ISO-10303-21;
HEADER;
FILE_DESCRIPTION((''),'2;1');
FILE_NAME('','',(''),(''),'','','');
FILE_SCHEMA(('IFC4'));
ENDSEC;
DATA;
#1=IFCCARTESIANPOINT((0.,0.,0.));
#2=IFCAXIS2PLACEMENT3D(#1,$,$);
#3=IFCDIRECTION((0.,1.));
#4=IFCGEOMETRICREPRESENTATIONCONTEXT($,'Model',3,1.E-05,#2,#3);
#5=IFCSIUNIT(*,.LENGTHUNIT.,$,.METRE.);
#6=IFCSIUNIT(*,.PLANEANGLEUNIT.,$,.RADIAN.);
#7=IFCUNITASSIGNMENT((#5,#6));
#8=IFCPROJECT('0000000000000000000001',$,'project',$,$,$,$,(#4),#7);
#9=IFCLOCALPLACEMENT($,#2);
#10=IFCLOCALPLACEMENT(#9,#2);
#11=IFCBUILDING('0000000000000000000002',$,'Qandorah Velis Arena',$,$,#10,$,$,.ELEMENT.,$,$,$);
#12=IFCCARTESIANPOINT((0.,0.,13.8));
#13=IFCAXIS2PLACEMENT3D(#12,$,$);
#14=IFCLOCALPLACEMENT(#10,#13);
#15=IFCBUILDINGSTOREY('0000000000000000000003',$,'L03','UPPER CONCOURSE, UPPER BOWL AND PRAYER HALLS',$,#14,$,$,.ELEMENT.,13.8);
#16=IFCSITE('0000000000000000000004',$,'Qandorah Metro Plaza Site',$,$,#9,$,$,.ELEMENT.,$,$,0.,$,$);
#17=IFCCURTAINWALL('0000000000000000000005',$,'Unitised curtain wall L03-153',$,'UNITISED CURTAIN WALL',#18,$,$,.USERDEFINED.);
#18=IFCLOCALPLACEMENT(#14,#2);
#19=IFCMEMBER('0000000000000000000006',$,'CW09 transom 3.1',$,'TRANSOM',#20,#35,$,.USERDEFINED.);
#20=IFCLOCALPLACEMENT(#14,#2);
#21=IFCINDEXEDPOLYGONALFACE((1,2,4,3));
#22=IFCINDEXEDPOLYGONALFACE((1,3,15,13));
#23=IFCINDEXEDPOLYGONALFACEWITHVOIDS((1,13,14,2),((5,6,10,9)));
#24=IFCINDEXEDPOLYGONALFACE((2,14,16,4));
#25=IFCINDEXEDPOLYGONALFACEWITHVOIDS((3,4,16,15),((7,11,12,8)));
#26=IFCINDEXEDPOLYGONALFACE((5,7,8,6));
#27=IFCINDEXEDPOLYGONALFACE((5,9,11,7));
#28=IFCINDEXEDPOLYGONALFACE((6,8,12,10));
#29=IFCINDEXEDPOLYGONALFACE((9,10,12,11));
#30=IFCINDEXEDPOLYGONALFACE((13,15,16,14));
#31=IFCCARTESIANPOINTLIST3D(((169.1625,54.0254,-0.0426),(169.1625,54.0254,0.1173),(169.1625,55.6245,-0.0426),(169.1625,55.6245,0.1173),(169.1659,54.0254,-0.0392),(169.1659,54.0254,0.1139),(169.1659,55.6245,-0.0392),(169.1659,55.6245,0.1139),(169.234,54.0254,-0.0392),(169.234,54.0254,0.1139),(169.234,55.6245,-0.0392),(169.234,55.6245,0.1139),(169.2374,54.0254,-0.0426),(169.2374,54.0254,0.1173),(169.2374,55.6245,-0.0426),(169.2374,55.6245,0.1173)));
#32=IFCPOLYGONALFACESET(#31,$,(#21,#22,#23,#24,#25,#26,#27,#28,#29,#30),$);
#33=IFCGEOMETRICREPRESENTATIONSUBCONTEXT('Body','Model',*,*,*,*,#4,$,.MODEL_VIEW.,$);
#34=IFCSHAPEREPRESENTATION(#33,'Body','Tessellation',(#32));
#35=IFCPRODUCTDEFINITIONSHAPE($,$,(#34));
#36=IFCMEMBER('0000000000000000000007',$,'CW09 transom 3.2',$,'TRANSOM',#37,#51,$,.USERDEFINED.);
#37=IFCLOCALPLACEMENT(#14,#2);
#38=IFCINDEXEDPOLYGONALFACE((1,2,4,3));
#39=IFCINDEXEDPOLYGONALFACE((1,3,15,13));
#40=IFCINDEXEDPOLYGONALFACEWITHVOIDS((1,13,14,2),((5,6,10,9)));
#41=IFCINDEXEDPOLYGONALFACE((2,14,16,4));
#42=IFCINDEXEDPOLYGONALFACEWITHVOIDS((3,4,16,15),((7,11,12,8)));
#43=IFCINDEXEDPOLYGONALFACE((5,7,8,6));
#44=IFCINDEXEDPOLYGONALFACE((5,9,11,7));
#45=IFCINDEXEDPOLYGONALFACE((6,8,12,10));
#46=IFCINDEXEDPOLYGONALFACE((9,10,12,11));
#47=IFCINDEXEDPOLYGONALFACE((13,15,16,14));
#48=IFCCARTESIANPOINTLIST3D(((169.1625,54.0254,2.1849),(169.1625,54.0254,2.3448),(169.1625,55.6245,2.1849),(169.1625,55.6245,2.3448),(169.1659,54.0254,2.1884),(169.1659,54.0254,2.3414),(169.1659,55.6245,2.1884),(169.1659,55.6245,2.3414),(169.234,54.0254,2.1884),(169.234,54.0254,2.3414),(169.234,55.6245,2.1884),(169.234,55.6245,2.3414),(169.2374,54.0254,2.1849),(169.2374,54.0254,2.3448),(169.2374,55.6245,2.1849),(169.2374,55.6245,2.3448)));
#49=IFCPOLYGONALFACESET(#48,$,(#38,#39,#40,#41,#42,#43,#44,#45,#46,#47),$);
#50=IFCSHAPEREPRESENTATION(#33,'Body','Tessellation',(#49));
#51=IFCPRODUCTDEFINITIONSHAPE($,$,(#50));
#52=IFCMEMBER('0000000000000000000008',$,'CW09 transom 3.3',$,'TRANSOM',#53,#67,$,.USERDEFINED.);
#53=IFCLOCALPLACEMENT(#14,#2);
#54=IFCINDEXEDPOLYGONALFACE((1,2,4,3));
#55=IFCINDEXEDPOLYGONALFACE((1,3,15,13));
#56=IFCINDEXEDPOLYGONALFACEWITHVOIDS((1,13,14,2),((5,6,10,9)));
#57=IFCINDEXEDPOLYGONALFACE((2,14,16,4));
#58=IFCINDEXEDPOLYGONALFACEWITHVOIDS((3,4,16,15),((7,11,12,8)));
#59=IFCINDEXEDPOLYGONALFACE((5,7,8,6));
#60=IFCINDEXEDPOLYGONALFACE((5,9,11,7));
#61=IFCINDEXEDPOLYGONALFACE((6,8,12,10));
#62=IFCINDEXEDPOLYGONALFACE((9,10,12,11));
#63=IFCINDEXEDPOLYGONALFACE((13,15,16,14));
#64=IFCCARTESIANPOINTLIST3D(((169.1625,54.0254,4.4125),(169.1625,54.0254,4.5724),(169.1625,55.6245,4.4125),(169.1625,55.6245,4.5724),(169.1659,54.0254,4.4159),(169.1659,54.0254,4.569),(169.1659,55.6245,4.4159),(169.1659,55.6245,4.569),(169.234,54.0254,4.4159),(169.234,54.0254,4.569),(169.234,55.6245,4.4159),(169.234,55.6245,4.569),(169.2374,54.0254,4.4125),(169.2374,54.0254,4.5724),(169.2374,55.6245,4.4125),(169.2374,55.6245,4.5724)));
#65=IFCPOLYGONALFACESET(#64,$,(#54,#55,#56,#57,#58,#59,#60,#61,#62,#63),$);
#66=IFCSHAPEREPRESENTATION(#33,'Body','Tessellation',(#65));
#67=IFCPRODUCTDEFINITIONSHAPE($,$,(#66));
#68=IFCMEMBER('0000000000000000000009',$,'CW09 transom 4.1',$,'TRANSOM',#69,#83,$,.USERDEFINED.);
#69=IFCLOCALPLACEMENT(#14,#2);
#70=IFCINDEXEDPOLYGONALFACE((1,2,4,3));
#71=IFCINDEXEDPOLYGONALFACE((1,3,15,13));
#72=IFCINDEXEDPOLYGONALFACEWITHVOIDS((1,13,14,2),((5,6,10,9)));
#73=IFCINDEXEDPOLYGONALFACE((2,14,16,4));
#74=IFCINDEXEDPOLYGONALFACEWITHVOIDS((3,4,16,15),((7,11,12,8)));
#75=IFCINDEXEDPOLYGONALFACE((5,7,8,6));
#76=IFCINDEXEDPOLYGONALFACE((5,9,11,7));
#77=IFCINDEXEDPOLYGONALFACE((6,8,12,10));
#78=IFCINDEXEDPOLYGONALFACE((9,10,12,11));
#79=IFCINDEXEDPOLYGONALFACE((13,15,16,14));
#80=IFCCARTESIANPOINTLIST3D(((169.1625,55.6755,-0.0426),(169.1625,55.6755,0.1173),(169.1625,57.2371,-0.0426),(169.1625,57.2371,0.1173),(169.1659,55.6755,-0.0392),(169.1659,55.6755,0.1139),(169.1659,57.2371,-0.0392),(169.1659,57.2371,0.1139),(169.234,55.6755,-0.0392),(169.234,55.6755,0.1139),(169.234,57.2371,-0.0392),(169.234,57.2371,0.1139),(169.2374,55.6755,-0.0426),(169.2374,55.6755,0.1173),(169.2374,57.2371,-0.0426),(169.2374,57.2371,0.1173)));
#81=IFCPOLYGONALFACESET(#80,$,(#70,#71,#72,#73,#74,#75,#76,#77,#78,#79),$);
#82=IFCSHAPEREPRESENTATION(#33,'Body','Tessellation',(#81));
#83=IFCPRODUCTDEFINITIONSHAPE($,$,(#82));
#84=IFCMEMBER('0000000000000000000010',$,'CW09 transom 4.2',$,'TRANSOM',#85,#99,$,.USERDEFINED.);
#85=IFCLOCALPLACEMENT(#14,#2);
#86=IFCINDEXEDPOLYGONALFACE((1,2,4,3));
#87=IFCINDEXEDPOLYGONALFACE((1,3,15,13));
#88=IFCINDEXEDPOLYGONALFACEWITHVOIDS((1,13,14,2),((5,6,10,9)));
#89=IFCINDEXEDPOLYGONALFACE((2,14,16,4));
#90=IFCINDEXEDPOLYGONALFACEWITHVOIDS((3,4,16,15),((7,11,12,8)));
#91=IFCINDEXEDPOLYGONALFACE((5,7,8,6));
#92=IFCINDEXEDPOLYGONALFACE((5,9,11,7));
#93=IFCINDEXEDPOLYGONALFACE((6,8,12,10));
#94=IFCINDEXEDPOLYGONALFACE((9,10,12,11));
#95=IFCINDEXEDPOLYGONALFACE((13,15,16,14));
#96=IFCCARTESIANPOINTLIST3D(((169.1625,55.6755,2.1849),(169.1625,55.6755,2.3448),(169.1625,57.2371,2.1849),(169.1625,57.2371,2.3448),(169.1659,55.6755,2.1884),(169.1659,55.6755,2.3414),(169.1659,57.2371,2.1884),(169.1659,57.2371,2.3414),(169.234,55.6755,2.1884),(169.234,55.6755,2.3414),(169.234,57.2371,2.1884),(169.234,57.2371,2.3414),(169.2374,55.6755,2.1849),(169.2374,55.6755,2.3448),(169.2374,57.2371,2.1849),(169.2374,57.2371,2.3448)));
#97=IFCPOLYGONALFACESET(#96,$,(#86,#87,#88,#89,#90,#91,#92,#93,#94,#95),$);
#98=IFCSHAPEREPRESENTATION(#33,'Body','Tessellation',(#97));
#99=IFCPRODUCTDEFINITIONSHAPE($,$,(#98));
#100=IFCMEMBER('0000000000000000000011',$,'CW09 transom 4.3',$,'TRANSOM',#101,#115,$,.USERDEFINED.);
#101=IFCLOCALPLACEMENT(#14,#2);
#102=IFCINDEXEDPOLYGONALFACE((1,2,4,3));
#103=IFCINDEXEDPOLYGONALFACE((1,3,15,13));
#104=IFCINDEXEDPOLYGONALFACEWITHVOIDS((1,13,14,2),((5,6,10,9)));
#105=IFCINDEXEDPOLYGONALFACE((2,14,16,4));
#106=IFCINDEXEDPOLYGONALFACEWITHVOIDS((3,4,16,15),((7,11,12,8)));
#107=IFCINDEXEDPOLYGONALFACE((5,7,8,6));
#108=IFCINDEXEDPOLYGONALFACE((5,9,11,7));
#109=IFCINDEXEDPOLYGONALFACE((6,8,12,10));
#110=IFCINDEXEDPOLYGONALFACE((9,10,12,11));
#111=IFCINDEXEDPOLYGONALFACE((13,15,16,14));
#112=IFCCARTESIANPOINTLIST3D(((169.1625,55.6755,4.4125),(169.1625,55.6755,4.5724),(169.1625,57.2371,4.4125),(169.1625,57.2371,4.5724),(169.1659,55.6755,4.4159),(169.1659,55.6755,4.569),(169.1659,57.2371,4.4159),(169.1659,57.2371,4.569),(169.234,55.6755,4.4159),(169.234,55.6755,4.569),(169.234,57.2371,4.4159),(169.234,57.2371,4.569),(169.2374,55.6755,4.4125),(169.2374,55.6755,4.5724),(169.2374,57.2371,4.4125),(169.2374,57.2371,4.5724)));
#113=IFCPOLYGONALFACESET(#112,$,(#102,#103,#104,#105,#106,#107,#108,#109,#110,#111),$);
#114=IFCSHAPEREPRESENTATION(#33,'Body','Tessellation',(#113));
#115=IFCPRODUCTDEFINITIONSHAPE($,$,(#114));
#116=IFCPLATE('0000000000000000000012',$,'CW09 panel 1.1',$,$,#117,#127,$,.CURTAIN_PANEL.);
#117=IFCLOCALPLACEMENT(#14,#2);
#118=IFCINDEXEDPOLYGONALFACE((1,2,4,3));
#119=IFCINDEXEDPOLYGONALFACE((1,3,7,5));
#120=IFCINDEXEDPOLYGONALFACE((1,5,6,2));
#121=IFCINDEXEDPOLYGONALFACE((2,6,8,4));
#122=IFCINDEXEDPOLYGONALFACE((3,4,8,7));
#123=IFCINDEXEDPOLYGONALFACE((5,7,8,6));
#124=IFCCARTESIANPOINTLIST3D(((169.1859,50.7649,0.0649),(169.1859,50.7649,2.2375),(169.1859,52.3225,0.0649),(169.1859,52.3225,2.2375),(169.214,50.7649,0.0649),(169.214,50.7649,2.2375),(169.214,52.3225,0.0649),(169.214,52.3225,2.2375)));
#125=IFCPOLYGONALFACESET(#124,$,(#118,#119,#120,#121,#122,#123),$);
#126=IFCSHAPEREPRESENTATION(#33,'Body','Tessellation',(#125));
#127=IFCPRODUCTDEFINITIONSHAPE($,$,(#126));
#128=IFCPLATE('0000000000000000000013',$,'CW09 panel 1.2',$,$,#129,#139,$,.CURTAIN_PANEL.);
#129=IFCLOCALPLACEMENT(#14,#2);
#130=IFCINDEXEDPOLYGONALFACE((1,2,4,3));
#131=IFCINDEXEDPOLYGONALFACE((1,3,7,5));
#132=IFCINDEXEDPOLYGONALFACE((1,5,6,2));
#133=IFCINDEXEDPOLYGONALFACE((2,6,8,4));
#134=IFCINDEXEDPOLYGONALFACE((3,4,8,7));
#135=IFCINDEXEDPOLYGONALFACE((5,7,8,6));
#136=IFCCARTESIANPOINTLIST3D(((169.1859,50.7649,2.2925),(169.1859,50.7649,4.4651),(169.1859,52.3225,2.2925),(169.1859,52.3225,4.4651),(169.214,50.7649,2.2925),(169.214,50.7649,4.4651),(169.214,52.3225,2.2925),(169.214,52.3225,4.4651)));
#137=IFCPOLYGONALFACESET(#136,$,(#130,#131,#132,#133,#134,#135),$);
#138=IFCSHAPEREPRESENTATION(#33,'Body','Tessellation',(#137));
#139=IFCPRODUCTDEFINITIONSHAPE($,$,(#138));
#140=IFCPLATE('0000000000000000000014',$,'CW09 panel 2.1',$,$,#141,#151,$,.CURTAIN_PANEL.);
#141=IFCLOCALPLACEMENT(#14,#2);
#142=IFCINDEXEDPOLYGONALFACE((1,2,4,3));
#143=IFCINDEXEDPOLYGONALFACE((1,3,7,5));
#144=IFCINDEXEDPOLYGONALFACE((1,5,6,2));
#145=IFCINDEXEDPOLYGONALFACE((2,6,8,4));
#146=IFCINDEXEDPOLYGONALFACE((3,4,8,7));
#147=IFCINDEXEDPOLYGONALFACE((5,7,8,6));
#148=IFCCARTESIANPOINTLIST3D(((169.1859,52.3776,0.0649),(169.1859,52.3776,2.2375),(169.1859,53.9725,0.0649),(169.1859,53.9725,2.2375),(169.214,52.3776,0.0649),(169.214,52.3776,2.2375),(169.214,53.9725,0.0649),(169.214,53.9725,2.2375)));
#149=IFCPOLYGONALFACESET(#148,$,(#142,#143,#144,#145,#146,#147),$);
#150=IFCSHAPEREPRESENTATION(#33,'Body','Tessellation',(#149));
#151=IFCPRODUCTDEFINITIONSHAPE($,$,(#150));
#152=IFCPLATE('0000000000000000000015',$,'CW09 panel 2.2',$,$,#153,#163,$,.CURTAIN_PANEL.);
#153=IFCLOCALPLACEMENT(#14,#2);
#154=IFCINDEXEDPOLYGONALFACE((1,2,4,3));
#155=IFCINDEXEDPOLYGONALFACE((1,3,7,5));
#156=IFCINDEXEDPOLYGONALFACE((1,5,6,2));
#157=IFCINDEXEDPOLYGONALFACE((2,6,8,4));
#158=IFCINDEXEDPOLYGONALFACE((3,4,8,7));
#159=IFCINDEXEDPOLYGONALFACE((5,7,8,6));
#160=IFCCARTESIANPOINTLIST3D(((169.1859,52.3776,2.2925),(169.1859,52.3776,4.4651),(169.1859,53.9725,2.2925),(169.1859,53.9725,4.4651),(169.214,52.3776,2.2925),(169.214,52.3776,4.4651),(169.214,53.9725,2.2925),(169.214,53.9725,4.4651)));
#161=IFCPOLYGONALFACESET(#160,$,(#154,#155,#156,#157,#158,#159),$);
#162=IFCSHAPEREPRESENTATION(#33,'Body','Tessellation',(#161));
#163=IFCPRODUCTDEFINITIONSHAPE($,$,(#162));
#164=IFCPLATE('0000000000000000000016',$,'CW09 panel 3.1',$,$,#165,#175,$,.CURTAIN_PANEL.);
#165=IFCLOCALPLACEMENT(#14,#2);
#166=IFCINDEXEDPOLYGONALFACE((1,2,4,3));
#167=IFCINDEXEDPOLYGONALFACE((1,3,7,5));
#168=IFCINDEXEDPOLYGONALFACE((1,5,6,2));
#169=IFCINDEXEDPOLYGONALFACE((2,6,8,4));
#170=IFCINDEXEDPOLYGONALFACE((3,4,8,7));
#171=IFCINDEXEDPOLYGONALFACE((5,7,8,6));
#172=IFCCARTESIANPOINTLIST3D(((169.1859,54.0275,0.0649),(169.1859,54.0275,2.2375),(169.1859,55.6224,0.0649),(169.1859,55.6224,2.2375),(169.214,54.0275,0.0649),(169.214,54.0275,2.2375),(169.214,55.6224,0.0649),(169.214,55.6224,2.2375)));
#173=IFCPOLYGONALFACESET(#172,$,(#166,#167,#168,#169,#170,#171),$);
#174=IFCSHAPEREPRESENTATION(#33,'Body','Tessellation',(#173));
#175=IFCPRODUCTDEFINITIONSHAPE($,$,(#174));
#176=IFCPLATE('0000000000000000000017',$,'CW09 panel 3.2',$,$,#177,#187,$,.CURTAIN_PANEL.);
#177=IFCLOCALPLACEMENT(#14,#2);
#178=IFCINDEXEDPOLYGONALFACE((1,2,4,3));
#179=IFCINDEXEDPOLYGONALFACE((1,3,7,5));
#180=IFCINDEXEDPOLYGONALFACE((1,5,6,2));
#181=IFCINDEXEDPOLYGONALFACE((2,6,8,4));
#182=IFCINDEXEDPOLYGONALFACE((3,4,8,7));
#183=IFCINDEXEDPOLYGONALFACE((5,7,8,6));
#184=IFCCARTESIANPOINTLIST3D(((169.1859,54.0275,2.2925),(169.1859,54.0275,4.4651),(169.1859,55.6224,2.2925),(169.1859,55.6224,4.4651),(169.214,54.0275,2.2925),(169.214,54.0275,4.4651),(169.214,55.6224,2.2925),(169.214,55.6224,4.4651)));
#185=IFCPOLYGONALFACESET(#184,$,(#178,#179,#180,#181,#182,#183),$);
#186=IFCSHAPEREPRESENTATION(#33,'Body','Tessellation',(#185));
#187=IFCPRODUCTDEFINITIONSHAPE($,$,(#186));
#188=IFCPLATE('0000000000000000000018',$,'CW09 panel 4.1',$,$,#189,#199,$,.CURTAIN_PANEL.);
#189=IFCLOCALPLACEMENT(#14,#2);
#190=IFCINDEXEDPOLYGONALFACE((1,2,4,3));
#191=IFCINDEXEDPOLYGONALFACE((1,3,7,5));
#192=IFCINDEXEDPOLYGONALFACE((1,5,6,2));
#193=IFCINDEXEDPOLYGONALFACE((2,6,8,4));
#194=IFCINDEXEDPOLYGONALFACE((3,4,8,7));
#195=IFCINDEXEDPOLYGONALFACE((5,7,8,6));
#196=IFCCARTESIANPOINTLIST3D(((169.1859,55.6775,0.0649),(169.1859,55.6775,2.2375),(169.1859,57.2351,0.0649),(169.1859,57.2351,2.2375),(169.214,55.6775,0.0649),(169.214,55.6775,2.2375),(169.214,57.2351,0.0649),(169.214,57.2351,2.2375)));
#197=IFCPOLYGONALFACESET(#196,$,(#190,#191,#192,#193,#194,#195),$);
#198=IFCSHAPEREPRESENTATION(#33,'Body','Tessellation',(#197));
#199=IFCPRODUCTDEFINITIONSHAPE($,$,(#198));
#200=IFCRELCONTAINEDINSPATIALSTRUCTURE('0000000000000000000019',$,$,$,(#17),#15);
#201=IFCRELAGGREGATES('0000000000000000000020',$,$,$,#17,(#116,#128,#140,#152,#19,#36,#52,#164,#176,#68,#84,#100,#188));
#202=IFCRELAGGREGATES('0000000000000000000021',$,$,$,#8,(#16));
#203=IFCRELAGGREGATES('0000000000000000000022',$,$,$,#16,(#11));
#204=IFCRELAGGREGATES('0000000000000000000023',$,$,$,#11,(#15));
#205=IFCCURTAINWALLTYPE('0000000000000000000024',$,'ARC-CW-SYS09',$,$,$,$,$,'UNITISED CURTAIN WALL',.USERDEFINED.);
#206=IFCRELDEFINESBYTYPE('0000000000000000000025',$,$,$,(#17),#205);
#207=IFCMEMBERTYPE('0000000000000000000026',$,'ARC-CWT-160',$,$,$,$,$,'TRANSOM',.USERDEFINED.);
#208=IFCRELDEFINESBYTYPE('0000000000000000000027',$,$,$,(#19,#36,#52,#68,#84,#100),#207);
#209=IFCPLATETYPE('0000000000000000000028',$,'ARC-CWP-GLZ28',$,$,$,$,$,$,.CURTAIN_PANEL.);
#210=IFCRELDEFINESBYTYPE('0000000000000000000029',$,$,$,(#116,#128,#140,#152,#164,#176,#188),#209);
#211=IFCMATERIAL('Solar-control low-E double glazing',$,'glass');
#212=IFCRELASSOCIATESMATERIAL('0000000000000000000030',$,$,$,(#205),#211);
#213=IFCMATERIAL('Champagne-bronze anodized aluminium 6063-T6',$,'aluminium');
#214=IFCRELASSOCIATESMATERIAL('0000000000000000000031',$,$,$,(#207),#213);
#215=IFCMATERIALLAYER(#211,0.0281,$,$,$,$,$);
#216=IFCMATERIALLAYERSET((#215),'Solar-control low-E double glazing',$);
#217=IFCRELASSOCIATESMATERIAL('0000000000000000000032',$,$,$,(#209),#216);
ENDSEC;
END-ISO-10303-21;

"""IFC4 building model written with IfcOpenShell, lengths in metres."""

from ifc_helpers import new_model, si_unit, direction, frame, origin, origin_2d, place, context, subcontext, project, spatial, rectangle, hollow_rectangle, extrude, material, layer, layer_set, material_profile, profile_set, type_object, element, aggregate, save


model = new_model("IFC4")

# Units and contexts
model_context = context("Model", 3, precision=1e-05, world=origin(), true_north=direction((0.0, 1.0)))
body_context = subcontext(model_context, "Body", "Model", "MODEL_VIEW")
ifc_project = project(units=[si_unit("LENGTHUNIT", "METRE"), si_unit("PLANEANGLEUNIT", "RADIAN")], contexts=[model_context])

# Site, building, storey
site_placement = place(None, origin())
site = spatial("IfcSite", under=ifc_project, at=site_placement, Name="Qandorah Metro Plaza Site", CompositionType="ELEMENT", RefElevation=0.0)
building_placement = place(site_placement, origin())
building = spatial("IfcBuilding", under=site, at=building_placement, Name="Qandorah Velis Arena", CompositionType="ELEMENT")
storey_placement = place(building_placement, frame((0.0, 0.0, 13.8)))
storey = spatial("IfcBuildingStorey", under=building, at=storey_placement, Name="L03", Description="UPPER CONCOURSE, UPPER BOWL AND PRAYER HALLS", CompositionType="ELEMENT", Elevation=13.8)

# Curtain wall, members, plates
ifc_material_1 = material(Name="Solar-control low-E double glazing", Category="glass")
curtain_wall_type = type_object("IfcCurtainWallType", Name="ARC-CW-SYS09", ElementType="UNITISED CURTAIN WALL", PredefinedType="USERDEFINED", material=ifc_material_1)
curtain_wall_placement = place(storey_placement, origin())
curtain_wall = element("IfcCurtainWall", 1, at=curtain_wall_placement, inside=storey, type_object=curtain_wall_type, Name="Unitised curtain wall L03-153", ObjectType="UNITISED CURTAIN WALL", PredefinedType="USERDEFINED")
ifc_material_2 = material(Name="Champagne-bronze anodized aluminium 6063-T6", Category="aluminium")
ifc_material_profile_1 = material_profile(ifc_material_2, hollow_rectangle(XDim=0.075, YDim=0.1599, WallThickness=0.0034, at=origin_2d()), Name="ALU TRANSOM 75x160")
ifc_profile_set_1 = profile_set([ifc_material_profile_1], Name="Champagne-bronze anodized aluminium 6063-T6")
member_type_1 = type_object("IfcMemberType", Name="ARC-CWT-160", ElementType="TRANSOM", PredefinedType="USERDEFINED", material=ifc_profile_set_1)
member_1_placement = place(storey_placement, frame((169.2, 54.0254, 0.0374), z_axis=(0.0, 1.0, 0.0), x_axis=(-1.0, 0.0, 0.0)))
member_1 = element("IfcMember", 2, at=member_1_placement, type_object=member_type_1, Name="CW09 transom 3.1", ObjectType="TRANSOM", PredefinedType="USERDEFINED", context=body_context, shape_type="SweptSolid", body=[
    extrude(hollow_rectangle(XDim=0.075, YDim=0.1599, WallThickness=0.0034, at=origin_2d()), origin(), (0.0, 0.0, 1.0), 1.5991),
])
member_2_placement = place(storey_placement, frame((169.2, 54.0254, 2.2649), z_axis=(0.0, 1.0, 0.0), x_axis=(-1.0, 0.0, 0.0)))
member_2 = element("IfcMember", 3, at=member_2_placement, type_object=member_type_1, Name="CW09 transom 3.2", ObjectType="TRANSOM", PredefinedType="USERDEFINED", context=body_context, shape_type="SweptSolid", body=[
    extrude(hollow_rectangle(XDim=0.075, YDim=0.1599, WallThickness=0.0034, at=origin_2d()), origin(), (0.0, 0.0, 1.0), 1.5991),
])
member_3_placement = place(storey_placement, frame((169.2, 54.0254, 4.4924), z_axis=(0.0, 1.0, 0.0), x_axis=(-1.0, 0.0, 0.0)))
member_3 = element("IfcMember", 4, at=member_3_placement, type_object=member_type_1, Name="CW09 transom 3.3", ObjectType="TRANSOM", PredefinedType="USERDEFINED", context=body_context, shape_type="SweptSolid", body=[
    extrude(hollow_rectangle(XDim=0.075, YDim=0.1599, WallThickness=0.0034, at=origin_2d()), origin(), (0.0, 0.0, 1.0), 1.5991),
])
member_4_placement = place(storey_placement, frame((169.2, 55.6755, 0.0374), z_axis=(0.0, 1.0, 0.0), x_axis=(-1.0, 0.0, 0.0)))
member_4 = element("IfcMember", 5, at=member_4_placement, type_object=member_type_1, Name="CW09 transom 4.1", ObjectType="TRANSOM", PredefinedType="USERDEFINED", context=body_context, shape_type="SweptSolid", body=[
    extrude(hollow_rectangle(XDim=0.075, YDim=0.1599, WallThickness=0.0034, at=origin_2d()), origin(), (0.0, 0.0, 1.0), 1.5615),
])
member_5_placement = place(storey_placement, frame((169.2, 55.6755, 2.2649), z_axis=(0.0, 1.0, 0.0), x_axis=(-1.0, 0.0, 0.0)))
member_5 = element("IfcMember", 6, at=member_5_placement, type_object=member_type_1, Name="CW09 transom 4.2", ObjectType="TRANSOM", PredefinedType="USERDEFINED", context=body_context, shape_type="SweptSolid", body=[
    extrude(hollow_rectangle(XDim=0.075, YDim=0.1599, WallThickness=0.0034, at=origin_2d()), origin(), (0.0, 0.0, 1.0), 1.5615),
])
member_6_placement = place(storey_placement, frame((169.2, 55.6755, 4.4924), z_axis=(0.0, 1.0, 0.0), x_axis=(-1.0, 0.0, 0.0)))
member_6 = element("IfcMember", 7, at=member_6_placement, type_object=member_type_1, Name="CW09 transom 4.3", ObjectType="TRANSOM", PredefinedType="USERDEFINED", context=body_context, shape_type="SweptSolid", body=[
    extrude(hollow_rectangle(XDim=0.075, YDim=0.1599, WallThickness=0.0034, at=origin_2d()), origin(), (0.0, 0.0, 1.0), 1.5615),
])
ifc_layer_1 = layer(ifc_material_1, 0.0281)
ifc_layer_set_1 = layer_set([ifc_layer_1], Name="Solar-control low-E double glazing")
plate_type = type_object("IfcPlateType", Name="ARC-CWP-GLZ28", PredefinedType="CURTAIN_PANEL", material=ifc_layer_set_1)
plate_1_placement = place(storey_placement, frame((169.2, 51.5437, 0.0649), z_axis=(0.0, 0.0, 1.0), x_axis=(0.0, 1.0, 0.0)))
plate_1 = element("IfcPlate", 8, at=plate_1_placement, type_object=plate_type, Name="CW09 panel 1.1", PredefinedType="CURTAIN_PANEL", context=body_context, shape_type="SweptSolid", body=[
    extrude(rectangle(XDim=1.5576, YDim=0.0281, at=origin_2d()), origin(), (0.0, 0.0, 1.0), 2.1726),
])
plate_2_placement = place(storey_placement, frame((169.2, 51.5437, 2.2925), z_axis=(0.0, 0.0, 1.0), x_axis=(0.0, 1.0, 0.0)))
plate_2 = element("IfcPlate", 9, at=plate_2_placement, type_object=plate_type, Name="CW09 panel 1.2", PredefinedType="CURTAIN_PANEL", context=body_context, shape_type="SweptSolid", body=[
    extrude(rectangle(XDim=1.5576, YDim=0.0281, at=origin_2d()), origin(), (0.0, 0.0, 1.0), 2.1726),
])
plate_3_placement = place(storey_placement, frame((169.2, 53.175, 0.0649), z_axis=(0.0, 0.0, 1.0), x_axis=(0.0, 1.0, 0.0)))
plate_3 = element("IfcPlate", 10, at=plate_3_placement, type_object=plate_type, Name="CW09 panel 2.1", PredefinedType="CURTAIN_PANEL", context=body_context, shape_type="SweptSolid", body=[
    extrude(rectangle(XDim=1.595, YDim=0.0281, at=origin_2d()), origin(), (0.0, 0.0, 1.0), 2.1726),
])
plate_4_placement = place(storey_placement, frame((169.2, 53.175, 2.2925), z_axis=(0.0, 0.0, 1.0), x_axis=(0.0, 1.0, 0.0)))
plate_4 = element("IfcPlate", 11, at=plate_4_placement, type_object=plate_type, Name="CW09 panel 2.2", PredefinedType="CURTAIN_PANEL", context=body_context, shape_type="SweptSolid", body=[
    extrude(rectangle(XDim=1.595, YDim=0.0281, at=origin_2d()), origin(), (0.0, 0.0, 1.0), 2.1726),
])
plate_5_placement = place(storey_placement, frame((169.2, 54.825, 0.0649), z_axis=(0.0, 0.0, 1.0), x_axis=(0.0, 1.0, 0.0)))
plate_5 = element("IfcPlate", 12, at=plate_5_placement, type_object=plate_type, Name="CW09 panel 3.1", PredefinedType="CURTAIN_PANEL", context=body_context, shape_type="SweptSolid", body=[
    extrude(rectangle(XDim=1.595, YDim=0.0281, at=origin_2d()), origin(), (0.0, 0.0, 1.0), 2.1726),
])
plate_6_placement = place(storey_placement, frame((169.2, 54.825, 2.2925), z_axis=(0.0, 0.0, 1.0), x_axis=(0.0, 1.0, 0.0)))
plate_6 = element("IfcPlate", 13, at=plate_6_placement, type_object=plate_type, Name="CW09 panel 3.2", PredefinedType="CURTAIN_PANEL", context=body_context, shape_type="SweptSolid", body=[
    extrude(rectangle(XDim=1.595, YDim=0.0281, at=origin_2d()), origin(), (0.0, 0.0, 1.0), 2.1726),
])
plate_7_placement = place(storey_placement, frame((169.2, 56.4563, 0.0649), z_axis=(0.0, 0.0, 1.0), x_axis=(0.0, 1.0, 0.0)))
plate_7 = element("IfcPlate", 14, at=plate_7_placement, type_object=plate_type, Name="CW09 panel 4.1", PredefinedType="CURTAIN_PANEL", context=body_context, shape_type="SweptSolid", body=[
    extrude(rectangle(XDim=1.5576, YDim=0.0281, at=origin_2d()), origin(), (0.0, 0.0, 1.0), 2.1726),
])
aggregate(curtain_wall, [plate_1, plate_2, plate_3, plate_4, member_1, member_2, member_3, plate_5, plate_6, member_4, member_5, member_6, plate_7])

save(model, "model.ifc")
